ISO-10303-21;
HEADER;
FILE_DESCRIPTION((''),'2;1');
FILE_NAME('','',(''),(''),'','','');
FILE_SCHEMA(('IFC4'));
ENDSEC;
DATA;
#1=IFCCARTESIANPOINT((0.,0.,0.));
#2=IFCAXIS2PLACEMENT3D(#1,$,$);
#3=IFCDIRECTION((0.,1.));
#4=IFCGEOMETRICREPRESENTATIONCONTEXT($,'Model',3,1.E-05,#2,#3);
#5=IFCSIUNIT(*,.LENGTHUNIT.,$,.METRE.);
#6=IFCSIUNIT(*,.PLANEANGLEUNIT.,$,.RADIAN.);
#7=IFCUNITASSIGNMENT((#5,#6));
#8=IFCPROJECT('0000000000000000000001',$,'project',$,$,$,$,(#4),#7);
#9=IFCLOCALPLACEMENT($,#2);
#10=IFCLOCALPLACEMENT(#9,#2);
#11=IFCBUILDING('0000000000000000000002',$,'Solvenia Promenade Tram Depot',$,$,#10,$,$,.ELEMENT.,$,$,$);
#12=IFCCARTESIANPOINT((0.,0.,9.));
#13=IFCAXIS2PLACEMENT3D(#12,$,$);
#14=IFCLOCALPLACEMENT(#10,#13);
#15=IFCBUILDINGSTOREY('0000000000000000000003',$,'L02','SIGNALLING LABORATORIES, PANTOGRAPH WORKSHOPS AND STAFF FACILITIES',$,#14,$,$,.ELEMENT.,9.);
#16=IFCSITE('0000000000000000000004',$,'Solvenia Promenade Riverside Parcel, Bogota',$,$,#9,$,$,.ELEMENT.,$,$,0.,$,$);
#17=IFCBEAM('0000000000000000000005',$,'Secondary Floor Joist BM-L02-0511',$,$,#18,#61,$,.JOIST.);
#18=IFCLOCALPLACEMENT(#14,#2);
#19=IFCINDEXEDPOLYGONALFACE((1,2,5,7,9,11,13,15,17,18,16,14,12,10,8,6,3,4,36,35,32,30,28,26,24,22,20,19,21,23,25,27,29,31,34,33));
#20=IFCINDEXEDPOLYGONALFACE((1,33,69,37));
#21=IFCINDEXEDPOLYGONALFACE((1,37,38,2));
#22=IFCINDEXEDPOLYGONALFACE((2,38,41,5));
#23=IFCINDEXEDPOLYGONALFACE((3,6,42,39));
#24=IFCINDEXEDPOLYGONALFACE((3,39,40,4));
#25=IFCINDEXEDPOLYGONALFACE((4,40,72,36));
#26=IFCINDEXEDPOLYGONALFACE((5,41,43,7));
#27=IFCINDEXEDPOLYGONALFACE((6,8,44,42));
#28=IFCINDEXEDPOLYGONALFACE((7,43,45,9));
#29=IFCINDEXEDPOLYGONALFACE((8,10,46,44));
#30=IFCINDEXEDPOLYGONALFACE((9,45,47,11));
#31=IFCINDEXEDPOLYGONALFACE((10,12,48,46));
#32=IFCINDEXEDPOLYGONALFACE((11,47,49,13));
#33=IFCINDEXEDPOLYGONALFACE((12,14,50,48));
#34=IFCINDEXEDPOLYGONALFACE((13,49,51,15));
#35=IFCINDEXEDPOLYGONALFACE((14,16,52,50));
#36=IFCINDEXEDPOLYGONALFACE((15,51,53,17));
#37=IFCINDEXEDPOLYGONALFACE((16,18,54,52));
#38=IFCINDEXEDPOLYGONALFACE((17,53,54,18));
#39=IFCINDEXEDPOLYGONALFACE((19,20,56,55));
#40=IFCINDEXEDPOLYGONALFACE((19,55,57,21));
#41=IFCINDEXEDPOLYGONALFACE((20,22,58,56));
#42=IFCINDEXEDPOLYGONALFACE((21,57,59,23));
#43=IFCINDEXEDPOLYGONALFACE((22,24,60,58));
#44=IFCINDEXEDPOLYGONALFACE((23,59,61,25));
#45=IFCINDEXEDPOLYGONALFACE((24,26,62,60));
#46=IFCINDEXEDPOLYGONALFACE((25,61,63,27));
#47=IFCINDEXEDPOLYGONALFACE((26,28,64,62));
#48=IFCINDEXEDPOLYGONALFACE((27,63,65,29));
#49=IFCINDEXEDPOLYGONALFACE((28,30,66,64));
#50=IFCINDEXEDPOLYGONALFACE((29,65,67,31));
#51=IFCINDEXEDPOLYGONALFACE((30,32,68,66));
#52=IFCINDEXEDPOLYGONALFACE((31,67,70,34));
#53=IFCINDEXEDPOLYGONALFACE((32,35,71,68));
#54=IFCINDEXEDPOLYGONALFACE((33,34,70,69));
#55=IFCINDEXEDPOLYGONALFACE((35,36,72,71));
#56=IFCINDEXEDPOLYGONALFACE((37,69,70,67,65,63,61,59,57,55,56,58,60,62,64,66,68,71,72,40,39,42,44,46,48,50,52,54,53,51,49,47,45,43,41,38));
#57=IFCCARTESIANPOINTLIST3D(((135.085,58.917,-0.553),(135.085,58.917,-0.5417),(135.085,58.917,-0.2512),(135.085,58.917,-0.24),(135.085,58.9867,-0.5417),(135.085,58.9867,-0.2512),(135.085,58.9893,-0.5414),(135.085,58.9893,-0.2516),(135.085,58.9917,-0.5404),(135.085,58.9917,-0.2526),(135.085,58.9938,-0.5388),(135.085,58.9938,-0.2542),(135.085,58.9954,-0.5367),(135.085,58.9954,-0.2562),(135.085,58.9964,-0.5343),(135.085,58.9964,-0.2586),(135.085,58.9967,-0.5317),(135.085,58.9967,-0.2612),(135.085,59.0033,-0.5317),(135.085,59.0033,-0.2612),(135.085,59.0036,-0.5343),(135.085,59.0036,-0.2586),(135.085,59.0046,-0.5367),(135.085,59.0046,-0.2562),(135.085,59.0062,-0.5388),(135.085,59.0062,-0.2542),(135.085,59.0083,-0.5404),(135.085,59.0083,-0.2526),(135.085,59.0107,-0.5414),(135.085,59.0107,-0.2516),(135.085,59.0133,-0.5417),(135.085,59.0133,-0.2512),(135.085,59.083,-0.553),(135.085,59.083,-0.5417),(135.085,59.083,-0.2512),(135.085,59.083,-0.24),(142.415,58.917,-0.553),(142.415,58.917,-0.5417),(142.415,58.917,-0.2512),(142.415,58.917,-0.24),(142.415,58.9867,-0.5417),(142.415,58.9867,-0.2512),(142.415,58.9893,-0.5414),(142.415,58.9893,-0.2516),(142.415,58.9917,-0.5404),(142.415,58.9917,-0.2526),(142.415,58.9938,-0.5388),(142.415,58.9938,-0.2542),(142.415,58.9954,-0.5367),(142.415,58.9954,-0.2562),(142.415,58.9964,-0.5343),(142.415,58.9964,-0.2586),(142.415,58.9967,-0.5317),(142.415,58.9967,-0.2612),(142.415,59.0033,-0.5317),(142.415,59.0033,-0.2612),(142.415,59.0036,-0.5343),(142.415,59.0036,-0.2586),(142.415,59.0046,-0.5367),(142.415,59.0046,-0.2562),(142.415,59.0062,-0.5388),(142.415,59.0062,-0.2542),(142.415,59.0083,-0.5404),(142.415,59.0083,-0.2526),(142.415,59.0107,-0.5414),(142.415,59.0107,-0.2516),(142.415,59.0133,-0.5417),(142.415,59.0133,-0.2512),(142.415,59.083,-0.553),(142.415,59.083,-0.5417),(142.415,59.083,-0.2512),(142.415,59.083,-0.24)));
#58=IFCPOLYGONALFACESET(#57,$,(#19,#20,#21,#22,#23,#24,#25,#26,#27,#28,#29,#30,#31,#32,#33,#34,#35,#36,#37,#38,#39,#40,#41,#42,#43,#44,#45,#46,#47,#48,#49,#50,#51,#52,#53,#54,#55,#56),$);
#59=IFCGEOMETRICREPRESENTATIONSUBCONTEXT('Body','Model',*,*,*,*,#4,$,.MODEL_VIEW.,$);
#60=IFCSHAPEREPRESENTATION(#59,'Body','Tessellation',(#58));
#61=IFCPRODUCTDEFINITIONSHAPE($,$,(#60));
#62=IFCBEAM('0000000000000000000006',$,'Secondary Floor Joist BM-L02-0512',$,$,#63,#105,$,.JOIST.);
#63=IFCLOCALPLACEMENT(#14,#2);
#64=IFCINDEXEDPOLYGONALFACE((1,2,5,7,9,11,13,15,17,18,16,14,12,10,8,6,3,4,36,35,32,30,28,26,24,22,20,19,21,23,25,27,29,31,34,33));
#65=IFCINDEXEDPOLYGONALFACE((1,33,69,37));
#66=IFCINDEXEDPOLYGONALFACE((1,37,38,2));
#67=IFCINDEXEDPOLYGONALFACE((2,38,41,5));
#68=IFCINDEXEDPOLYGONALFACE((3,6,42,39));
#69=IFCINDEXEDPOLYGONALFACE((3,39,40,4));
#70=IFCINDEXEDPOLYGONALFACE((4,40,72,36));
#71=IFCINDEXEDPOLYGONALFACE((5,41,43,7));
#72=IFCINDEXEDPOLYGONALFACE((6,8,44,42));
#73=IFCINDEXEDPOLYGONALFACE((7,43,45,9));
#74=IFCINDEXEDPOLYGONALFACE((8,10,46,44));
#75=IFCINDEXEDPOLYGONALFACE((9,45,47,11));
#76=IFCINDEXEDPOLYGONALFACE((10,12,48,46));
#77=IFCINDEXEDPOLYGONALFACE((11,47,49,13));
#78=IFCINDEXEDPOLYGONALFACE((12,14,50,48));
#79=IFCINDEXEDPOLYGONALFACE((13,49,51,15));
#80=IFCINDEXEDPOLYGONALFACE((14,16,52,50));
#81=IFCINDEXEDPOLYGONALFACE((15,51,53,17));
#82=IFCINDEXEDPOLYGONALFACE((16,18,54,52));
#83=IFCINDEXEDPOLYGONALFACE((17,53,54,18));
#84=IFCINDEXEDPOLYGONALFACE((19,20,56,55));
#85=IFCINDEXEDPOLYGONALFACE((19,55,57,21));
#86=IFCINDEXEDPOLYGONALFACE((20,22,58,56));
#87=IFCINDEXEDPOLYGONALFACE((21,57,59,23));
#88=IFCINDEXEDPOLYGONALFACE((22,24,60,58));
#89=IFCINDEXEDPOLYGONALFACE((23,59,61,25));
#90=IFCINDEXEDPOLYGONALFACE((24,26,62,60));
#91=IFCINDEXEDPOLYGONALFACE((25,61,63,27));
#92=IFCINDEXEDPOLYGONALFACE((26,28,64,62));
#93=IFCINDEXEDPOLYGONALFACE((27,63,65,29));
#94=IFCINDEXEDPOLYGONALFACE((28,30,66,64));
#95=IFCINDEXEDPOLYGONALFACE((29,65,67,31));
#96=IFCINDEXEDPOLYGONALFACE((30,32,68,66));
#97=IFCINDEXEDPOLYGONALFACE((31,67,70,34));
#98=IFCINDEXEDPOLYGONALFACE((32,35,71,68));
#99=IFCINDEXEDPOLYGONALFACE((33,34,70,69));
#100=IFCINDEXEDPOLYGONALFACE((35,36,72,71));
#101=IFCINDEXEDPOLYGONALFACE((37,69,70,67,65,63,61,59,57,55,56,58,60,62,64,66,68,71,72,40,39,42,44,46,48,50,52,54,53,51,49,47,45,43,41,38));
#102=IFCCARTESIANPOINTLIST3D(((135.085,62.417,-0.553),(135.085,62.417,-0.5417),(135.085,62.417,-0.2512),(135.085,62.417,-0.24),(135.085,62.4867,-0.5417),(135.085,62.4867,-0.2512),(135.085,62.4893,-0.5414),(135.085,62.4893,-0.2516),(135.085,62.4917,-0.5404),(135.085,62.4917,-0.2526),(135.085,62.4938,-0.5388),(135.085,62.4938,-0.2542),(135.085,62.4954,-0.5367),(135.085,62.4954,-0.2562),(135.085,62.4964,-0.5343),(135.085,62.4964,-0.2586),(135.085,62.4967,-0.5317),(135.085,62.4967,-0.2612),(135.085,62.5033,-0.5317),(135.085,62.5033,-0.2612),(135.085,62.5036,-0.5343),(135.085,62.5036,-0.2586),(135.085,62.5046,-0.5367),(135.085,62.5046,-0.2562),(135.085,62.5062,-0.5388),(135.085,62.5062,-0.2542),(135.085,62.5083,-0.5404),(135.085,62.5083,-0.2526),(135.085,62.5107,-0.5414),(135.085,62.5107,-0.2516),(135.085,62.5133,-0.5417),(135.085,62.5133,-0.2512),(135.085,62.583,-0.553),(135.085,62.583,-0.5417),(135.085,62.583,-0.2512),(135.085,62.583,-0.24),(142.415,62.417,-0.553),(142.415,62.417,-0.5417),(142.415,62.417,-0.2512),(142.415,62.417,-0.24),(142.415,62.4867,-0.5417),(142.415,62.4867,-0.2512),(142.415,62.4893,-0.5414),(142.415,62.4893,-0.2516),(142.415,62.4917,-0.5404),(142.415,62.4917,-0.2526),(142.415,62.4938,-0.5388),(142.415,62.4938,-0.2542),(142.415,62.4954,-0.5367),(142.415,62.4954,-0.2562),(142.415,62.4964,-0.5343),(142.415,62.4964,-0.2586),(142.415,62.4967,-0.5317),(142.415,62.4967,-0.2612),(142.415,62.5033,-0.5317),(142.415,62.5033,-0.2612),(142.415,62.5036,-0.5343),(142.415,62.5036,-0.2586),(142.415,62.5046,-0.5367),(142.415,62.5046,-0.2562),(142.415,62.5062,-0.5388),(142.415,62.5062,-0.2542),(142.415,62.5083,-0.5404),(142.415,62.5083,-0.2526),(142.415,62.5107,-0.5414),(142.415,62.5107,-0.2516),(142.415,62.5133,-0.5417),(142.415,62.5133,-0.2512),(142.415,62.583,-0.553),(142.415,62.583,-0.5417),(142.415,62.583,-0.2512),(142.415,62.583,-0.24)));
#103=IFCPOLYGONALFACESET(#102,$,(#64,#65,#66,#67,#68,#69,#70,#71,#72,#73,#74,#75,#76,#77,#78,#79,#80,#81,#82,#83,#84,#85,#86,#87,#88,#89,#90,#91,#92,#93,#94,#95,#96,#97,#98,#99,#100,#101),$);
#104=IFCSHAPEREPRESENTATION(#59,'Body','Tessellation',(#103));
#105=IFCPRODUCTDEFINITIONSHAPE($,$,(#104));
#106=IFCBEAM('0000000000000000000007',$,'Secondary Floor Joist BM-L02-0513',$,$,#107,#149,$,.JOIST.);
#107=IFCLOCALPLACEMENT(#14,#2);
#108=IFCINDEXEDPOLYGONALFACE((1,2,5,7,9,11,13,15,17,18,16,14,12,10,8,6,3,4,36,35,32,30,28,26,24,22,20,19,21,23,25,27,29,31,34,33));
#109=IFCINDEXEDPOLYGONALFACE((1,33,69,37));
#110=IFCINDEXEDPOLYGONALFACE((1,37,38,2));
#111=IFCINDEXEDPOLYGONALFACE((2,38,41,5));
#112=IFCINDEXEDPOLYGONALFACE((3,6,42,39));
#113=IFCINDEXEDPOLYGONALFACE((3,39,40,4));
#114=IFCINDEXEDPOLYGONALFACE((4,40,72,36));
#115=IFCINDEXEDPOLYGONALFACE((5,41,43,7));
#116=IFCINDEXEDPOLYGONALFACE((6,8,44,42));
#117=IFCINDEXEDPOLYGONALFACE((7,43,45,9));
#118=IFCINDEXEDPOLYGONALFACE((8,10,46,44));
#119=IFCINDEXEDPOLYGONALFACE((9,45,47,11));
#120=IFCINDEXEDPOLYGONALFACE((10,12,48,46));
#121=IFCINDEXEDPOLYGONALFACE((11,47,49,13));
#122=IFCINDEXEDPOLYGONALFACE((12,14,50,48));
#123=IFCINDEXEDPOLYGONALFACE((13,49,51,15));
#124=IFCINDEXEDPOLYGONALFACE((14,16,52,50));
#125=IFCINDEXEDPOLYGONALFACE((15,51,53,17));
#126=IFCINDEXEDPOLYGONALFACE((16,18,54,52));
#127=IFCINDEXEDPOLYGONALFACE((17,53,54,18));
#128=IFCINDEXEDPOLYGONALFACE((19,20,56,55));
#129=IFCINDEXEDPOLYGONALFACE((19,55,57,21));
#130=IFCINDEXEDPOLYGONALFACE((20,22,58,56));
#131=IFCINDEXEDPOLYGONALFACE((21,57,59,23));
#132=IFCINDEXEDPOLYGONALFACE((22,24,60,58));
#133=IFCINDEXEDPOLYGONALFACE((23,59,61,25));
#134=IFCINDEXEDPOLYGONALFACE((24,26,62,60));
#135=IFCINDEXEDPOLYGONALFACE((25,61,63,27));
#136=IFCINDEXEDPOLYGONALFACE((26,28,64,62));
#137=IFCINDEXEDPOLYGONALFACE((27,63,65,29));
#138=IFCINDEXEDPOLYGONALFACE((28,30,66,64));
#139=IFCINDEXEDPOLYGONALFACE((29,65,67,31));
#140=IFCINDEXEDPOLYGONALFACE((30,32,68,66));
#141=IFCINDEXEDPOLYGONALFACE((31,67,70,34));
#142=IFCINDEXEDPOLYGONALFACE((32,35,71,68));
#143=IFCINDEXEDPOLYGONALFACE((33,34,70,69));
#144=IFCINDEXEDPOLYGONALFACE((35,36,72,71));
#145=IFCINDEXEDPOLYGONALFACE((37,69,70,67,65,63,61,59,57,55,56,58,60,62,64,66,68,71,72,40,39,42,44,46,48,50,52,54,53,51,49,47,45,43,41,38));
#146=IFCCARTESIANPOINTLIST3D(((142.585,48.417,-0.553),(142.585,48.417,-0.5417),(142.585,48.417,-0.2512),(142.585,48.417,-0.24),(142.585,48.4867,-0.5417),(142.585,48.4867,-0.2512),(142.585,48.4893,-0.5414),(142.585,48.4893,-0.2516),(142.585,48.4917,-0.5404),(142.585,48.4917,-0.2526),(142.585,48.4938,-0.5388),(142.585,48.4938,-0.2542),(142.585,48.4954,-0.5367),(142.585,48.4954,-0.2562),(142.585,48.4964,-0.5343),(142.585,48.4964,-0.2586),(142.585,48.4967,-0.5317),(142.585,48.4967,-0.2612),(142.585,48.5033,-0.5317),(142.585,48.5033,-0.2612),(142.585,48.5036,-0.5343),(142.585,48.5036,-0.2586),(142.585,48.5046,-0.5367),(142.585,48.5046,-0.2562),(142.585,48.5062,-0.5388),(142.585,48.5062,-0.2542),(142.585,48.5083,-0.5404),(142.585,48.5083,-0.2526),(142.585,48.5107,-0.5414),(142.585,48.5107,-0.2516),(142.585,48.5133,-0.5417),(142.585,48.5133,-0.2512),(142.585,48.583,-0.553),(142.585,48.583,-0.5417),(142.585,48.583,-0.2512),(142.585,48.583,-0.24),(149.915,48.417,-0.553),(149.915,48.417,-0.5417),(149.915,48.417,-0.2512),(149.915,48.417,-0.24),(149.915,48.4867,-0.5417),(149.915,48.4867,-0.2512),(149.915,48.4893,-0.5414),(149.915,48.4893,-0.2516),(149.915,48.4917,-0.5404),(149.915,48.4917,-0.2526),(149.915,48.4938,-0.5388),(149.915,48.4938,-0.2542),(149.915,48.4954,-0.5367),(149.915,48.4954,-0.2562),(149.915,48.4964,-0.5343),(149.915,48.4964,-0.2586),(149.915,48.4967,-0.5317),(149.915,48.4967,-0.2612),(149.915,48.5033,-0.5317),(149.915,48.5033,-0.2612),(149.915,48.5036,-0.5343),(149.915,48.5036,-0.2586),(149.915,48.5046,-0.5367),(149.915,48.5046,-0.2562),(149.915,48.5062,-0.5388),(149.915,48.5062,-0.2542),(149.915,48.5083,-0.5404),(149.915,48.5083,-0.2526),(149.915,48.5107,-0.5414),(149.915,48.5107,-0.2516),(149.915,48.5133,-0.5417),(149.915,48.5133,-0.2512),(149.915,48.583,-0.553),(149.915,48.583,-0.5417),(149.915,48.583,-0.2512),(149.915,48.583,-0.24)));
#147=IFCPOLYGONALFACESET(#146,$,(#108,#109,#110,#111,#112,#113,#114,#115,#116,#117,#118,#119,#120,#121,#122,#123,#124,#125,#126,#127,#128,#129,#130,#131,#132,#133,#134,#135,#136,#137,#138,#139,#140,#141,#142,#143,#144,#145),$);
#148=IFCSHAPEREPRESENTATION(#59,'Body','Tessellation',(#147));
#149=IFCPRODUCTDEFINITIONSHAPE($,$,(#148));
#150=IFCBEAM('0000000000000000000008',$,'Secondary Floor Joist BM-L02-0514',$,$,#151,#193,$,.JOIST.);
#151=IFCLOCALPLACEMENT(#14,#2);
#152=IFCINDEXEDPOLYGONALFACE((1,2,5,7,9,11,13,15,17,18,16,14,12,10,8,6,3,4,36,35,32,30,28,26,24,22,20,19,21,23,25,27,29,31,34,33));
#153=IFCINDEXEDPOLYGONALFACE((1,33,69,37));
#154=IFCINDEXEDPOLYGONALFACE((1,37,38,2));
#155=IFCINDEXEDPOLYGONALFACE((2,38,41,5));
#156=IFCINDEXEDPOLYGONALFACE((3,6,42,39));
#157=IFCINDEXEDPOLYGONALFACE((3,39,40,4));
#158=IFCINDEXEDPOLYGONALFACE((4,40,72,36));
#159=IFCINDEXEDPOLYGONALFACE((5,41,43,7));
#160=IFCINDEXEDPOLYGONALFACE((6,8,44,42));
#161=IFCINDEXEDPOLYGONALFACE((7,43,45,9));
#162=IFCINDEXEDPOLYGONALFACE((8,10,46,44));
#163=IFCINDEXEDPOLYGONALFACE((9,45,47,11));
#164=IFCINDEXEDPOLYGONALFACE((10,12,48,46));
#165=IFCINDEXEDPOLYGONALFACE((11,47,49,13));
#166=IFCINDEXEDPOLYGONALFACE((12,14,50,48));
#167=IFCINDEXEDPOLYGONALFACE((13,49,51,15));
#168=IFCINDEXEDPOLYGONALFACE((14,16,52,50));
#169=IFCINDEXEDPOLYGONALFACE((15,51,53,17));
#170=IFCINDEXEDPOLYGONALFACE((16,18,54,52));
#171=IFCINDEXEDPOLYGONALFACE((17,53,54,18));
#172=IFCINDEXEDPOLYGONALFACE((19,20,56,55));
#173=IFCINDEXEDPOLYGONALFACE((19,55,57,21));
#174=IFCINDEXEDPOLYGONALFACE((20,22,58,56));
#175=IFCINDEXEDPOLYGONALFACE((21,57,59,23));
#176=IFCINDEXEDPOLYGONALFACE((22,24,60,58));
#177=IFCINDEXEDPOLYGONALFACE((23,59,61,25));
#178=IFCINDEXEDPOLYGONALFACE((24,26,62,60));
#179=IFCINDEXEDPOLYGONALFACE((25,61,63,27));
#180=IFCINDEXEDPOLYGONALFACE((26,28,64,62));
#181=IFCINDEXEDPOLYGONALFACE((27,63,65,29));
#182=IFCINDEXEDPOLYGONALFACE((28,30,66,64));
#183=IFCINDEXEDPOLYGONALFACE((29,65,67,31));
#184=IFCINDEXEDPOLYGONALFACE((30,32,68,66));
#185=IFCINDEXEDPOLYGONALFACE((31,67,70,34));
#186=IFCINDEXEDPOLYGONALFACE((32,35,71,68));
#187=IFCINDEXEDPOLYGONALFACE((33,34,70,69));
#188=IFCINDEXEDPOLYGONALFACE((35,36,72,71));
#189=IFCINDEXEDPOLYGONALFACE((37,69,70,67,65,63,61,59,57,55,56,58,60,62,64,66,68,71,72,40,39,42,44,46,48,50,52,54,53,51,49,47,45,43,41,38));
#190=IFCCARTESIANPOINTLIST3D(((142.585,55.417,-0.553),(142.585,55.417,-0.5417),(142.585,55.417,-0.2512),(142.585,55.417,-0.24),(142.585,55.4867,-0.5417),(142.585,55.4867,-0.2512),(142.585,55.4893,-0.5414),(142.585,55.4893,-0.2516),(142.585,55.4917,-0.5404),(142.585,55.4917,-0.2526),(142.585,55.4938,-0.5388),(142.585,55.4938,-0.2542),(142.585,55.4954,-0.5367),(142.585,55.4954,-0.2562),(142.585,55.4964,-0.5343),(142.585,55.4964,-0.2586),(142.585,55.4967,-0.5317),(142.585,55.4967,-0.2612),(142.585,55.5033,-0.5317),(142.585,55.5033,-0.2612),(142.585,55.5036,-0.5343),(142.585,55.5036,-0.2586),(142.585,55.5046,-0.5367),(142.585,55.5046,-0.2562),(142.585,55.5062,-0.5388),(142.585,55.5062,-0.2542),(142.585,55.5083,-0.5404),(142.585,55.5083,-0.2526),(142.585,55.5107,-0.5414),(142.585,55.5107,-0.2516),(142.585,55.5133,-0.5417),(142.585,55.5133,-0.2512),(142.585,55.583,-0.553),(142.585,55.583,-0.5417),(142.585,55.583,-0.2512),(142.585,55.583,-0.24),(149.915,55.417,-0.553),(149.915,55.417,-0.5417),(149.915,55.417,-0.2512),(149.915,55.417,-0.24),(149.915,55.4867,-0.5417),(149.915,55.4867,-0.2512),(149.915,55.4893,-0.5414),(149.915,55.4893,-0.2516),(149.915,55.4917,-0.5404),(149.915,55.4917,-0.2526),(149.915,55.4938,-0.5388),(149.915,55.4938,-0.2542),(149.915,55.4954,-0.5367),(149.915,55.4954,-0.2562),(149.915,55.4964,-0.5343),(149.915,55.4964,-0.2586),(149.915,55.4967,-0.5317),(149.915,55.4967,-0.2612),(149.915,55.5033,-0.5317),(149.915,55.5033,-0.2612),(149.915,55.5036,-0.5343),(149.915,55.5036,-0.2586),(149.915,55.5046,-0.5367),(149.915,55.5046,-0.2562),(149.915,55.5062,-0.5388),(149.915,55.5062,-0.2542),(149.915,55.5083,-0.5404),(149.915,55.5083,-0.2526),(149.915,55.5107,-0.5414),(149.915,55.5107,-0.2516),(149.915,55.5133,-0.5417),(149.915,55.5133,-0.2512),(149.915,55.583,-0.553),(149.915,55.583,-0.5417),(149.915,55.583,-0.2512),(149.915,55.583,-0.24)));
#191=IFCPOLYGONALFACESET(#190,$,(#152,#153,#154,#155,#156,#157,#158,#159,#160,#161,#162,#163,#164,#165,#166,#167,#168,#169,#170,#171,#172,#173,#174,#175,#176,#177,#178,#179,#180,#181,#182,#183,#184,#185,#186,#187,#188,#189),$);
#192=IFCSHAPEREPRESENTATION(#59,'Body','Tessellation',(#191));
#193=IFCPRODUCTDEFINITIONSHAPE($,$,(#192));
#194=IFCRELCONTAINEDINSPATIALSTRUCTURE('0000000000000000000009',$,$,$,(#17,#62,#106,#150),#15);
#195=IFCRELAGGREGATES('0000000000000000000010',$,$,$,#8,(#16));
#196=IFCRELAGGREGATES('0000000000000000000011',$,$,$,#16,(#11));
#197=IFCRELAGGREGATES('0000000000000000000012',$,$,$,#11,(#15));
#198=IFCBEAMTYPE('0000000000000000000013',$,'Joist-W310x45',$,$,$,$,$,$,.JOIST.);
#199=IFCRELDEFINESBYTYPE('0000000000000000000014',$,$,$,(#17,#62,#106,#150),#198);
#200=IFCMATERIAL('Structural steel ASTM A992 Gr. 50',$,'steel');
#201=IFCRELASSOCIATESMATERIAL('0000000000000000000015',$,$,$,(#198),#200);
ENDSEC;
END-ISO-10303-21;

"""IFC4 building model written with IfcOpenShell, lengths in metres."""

from ifc_helpers import new_model, si_unit, direction, frame, origin, origin_2d, place, context, subcontext, project, spatial, i_section, extrude, material, material_profile, profile_set, type_object, element, save


model = new_model("IFC4")

# Units and contexts
model_context = context("Model", 3, precision=1e-05, world=origin(), true_north=direction((0.0, 1.0)))
body_context = subcontext(model_context, "Body", "Model", "MODEL_VIEW")
ifc_project = project(units=[si_unit("LENGTHUNIT", "METRE"), si_unit("PLANEANGLEUNIT", "RADIAN")], contexts=[model_context])

# Site, building, storey
site_placement = place(None, origin())
site = spatial("IfcSite", under=ifc_project, at=site_placement, Name="Solvenia Promenade Riverside Parcel, Bogota", CompositionType="ELEMENT", RefElevation=0.0)
building_placement = place(site_placement, origin())
building = spatial("IfcBuilding", under=site, at=building_placement, Name="Solvenia Promenade Tram Depot", CompositionType="ELEMENT")
storey_placement = place(building_placement, frame((0.0, 0.0, 9.0)))
storey = spatial("IfcBuildingStorey", under=building, at=storey_placement, Name="L02", Description="SIGNALLING LABORATORIES, PANTOGRAPH WORKSHOPS AND STAFF FACILITIES", CompositionType="ELEMENT", Elevation=9.0)

# Shared definitions
ifc_material_1 = material(Name="Structural steel ASTM A992 Gr. 50", Category="steel")

# Beams
ifc_material_profile_1 = material_profile(ifc_material_1, i_section(OverallWidth=0.166, OverallDepth=0.313, WebThickness=0.0066, FlangeThickness=0.0112, FilletRadius=0.01, at=origin_2d()), Name="W310x45", Category="steel")
ifc_profile_set_1 = profile_set([ifc_material_profile_1], Name="Structural steel ASTM A992 Gr. 50")
beam_type_1 = type_object("IfcBeamType", Name="Joist-W310x45", PredefinedType="JOIST", material=ifc_profile_set_1)
for number, where, z_axis, x_axis, name in (
    (1, (135.085, 59.0, -0.3965), (1.0, 0.0, 0.0), (0.0, 1.0, 0.0), "Secondary Floor Joist BM-L02-0511"),
    (2, (135.085, 62.5, -0.3965), (1.0, 0.0, 0.0), (0.0, 1.0, 0.0), "Secondary Floor Joist BM-L02-0512"),
    (3, (142.585, 48.5, -0.3965), (1.0, 0.0, 0.0), (0.0, 1.0, 0.0), "Secondary Floor Joist BM-L02-0513"),
    (4, (142.585, 55.5, -0.3965), (1.0, 0.0, 0.0), (0.0, 1.0, 0.0), "Secondary Floor Joist BM-L02-0514"),
):
    element("IfcBeam", number, at=place(storey_placement, frame(where, z_axis=z_axis, x_axis=x_axis)), inside=storey, type_object=beam_type_1, Name=name, PredefinedType="JOIST", context=body_context, shape_type="SweptSolid", body=[
        extrude(i_section(OverallWidth=0.166, OverallDepth=0.313, WebThickness=0.0066, FlangeThickness=0.0112, FilletRadius=0.01, at=origin_2d()), origin(), (0.0, 0.0, 1.0), 7.3301),
    ])

save(model, "model.ifc")
